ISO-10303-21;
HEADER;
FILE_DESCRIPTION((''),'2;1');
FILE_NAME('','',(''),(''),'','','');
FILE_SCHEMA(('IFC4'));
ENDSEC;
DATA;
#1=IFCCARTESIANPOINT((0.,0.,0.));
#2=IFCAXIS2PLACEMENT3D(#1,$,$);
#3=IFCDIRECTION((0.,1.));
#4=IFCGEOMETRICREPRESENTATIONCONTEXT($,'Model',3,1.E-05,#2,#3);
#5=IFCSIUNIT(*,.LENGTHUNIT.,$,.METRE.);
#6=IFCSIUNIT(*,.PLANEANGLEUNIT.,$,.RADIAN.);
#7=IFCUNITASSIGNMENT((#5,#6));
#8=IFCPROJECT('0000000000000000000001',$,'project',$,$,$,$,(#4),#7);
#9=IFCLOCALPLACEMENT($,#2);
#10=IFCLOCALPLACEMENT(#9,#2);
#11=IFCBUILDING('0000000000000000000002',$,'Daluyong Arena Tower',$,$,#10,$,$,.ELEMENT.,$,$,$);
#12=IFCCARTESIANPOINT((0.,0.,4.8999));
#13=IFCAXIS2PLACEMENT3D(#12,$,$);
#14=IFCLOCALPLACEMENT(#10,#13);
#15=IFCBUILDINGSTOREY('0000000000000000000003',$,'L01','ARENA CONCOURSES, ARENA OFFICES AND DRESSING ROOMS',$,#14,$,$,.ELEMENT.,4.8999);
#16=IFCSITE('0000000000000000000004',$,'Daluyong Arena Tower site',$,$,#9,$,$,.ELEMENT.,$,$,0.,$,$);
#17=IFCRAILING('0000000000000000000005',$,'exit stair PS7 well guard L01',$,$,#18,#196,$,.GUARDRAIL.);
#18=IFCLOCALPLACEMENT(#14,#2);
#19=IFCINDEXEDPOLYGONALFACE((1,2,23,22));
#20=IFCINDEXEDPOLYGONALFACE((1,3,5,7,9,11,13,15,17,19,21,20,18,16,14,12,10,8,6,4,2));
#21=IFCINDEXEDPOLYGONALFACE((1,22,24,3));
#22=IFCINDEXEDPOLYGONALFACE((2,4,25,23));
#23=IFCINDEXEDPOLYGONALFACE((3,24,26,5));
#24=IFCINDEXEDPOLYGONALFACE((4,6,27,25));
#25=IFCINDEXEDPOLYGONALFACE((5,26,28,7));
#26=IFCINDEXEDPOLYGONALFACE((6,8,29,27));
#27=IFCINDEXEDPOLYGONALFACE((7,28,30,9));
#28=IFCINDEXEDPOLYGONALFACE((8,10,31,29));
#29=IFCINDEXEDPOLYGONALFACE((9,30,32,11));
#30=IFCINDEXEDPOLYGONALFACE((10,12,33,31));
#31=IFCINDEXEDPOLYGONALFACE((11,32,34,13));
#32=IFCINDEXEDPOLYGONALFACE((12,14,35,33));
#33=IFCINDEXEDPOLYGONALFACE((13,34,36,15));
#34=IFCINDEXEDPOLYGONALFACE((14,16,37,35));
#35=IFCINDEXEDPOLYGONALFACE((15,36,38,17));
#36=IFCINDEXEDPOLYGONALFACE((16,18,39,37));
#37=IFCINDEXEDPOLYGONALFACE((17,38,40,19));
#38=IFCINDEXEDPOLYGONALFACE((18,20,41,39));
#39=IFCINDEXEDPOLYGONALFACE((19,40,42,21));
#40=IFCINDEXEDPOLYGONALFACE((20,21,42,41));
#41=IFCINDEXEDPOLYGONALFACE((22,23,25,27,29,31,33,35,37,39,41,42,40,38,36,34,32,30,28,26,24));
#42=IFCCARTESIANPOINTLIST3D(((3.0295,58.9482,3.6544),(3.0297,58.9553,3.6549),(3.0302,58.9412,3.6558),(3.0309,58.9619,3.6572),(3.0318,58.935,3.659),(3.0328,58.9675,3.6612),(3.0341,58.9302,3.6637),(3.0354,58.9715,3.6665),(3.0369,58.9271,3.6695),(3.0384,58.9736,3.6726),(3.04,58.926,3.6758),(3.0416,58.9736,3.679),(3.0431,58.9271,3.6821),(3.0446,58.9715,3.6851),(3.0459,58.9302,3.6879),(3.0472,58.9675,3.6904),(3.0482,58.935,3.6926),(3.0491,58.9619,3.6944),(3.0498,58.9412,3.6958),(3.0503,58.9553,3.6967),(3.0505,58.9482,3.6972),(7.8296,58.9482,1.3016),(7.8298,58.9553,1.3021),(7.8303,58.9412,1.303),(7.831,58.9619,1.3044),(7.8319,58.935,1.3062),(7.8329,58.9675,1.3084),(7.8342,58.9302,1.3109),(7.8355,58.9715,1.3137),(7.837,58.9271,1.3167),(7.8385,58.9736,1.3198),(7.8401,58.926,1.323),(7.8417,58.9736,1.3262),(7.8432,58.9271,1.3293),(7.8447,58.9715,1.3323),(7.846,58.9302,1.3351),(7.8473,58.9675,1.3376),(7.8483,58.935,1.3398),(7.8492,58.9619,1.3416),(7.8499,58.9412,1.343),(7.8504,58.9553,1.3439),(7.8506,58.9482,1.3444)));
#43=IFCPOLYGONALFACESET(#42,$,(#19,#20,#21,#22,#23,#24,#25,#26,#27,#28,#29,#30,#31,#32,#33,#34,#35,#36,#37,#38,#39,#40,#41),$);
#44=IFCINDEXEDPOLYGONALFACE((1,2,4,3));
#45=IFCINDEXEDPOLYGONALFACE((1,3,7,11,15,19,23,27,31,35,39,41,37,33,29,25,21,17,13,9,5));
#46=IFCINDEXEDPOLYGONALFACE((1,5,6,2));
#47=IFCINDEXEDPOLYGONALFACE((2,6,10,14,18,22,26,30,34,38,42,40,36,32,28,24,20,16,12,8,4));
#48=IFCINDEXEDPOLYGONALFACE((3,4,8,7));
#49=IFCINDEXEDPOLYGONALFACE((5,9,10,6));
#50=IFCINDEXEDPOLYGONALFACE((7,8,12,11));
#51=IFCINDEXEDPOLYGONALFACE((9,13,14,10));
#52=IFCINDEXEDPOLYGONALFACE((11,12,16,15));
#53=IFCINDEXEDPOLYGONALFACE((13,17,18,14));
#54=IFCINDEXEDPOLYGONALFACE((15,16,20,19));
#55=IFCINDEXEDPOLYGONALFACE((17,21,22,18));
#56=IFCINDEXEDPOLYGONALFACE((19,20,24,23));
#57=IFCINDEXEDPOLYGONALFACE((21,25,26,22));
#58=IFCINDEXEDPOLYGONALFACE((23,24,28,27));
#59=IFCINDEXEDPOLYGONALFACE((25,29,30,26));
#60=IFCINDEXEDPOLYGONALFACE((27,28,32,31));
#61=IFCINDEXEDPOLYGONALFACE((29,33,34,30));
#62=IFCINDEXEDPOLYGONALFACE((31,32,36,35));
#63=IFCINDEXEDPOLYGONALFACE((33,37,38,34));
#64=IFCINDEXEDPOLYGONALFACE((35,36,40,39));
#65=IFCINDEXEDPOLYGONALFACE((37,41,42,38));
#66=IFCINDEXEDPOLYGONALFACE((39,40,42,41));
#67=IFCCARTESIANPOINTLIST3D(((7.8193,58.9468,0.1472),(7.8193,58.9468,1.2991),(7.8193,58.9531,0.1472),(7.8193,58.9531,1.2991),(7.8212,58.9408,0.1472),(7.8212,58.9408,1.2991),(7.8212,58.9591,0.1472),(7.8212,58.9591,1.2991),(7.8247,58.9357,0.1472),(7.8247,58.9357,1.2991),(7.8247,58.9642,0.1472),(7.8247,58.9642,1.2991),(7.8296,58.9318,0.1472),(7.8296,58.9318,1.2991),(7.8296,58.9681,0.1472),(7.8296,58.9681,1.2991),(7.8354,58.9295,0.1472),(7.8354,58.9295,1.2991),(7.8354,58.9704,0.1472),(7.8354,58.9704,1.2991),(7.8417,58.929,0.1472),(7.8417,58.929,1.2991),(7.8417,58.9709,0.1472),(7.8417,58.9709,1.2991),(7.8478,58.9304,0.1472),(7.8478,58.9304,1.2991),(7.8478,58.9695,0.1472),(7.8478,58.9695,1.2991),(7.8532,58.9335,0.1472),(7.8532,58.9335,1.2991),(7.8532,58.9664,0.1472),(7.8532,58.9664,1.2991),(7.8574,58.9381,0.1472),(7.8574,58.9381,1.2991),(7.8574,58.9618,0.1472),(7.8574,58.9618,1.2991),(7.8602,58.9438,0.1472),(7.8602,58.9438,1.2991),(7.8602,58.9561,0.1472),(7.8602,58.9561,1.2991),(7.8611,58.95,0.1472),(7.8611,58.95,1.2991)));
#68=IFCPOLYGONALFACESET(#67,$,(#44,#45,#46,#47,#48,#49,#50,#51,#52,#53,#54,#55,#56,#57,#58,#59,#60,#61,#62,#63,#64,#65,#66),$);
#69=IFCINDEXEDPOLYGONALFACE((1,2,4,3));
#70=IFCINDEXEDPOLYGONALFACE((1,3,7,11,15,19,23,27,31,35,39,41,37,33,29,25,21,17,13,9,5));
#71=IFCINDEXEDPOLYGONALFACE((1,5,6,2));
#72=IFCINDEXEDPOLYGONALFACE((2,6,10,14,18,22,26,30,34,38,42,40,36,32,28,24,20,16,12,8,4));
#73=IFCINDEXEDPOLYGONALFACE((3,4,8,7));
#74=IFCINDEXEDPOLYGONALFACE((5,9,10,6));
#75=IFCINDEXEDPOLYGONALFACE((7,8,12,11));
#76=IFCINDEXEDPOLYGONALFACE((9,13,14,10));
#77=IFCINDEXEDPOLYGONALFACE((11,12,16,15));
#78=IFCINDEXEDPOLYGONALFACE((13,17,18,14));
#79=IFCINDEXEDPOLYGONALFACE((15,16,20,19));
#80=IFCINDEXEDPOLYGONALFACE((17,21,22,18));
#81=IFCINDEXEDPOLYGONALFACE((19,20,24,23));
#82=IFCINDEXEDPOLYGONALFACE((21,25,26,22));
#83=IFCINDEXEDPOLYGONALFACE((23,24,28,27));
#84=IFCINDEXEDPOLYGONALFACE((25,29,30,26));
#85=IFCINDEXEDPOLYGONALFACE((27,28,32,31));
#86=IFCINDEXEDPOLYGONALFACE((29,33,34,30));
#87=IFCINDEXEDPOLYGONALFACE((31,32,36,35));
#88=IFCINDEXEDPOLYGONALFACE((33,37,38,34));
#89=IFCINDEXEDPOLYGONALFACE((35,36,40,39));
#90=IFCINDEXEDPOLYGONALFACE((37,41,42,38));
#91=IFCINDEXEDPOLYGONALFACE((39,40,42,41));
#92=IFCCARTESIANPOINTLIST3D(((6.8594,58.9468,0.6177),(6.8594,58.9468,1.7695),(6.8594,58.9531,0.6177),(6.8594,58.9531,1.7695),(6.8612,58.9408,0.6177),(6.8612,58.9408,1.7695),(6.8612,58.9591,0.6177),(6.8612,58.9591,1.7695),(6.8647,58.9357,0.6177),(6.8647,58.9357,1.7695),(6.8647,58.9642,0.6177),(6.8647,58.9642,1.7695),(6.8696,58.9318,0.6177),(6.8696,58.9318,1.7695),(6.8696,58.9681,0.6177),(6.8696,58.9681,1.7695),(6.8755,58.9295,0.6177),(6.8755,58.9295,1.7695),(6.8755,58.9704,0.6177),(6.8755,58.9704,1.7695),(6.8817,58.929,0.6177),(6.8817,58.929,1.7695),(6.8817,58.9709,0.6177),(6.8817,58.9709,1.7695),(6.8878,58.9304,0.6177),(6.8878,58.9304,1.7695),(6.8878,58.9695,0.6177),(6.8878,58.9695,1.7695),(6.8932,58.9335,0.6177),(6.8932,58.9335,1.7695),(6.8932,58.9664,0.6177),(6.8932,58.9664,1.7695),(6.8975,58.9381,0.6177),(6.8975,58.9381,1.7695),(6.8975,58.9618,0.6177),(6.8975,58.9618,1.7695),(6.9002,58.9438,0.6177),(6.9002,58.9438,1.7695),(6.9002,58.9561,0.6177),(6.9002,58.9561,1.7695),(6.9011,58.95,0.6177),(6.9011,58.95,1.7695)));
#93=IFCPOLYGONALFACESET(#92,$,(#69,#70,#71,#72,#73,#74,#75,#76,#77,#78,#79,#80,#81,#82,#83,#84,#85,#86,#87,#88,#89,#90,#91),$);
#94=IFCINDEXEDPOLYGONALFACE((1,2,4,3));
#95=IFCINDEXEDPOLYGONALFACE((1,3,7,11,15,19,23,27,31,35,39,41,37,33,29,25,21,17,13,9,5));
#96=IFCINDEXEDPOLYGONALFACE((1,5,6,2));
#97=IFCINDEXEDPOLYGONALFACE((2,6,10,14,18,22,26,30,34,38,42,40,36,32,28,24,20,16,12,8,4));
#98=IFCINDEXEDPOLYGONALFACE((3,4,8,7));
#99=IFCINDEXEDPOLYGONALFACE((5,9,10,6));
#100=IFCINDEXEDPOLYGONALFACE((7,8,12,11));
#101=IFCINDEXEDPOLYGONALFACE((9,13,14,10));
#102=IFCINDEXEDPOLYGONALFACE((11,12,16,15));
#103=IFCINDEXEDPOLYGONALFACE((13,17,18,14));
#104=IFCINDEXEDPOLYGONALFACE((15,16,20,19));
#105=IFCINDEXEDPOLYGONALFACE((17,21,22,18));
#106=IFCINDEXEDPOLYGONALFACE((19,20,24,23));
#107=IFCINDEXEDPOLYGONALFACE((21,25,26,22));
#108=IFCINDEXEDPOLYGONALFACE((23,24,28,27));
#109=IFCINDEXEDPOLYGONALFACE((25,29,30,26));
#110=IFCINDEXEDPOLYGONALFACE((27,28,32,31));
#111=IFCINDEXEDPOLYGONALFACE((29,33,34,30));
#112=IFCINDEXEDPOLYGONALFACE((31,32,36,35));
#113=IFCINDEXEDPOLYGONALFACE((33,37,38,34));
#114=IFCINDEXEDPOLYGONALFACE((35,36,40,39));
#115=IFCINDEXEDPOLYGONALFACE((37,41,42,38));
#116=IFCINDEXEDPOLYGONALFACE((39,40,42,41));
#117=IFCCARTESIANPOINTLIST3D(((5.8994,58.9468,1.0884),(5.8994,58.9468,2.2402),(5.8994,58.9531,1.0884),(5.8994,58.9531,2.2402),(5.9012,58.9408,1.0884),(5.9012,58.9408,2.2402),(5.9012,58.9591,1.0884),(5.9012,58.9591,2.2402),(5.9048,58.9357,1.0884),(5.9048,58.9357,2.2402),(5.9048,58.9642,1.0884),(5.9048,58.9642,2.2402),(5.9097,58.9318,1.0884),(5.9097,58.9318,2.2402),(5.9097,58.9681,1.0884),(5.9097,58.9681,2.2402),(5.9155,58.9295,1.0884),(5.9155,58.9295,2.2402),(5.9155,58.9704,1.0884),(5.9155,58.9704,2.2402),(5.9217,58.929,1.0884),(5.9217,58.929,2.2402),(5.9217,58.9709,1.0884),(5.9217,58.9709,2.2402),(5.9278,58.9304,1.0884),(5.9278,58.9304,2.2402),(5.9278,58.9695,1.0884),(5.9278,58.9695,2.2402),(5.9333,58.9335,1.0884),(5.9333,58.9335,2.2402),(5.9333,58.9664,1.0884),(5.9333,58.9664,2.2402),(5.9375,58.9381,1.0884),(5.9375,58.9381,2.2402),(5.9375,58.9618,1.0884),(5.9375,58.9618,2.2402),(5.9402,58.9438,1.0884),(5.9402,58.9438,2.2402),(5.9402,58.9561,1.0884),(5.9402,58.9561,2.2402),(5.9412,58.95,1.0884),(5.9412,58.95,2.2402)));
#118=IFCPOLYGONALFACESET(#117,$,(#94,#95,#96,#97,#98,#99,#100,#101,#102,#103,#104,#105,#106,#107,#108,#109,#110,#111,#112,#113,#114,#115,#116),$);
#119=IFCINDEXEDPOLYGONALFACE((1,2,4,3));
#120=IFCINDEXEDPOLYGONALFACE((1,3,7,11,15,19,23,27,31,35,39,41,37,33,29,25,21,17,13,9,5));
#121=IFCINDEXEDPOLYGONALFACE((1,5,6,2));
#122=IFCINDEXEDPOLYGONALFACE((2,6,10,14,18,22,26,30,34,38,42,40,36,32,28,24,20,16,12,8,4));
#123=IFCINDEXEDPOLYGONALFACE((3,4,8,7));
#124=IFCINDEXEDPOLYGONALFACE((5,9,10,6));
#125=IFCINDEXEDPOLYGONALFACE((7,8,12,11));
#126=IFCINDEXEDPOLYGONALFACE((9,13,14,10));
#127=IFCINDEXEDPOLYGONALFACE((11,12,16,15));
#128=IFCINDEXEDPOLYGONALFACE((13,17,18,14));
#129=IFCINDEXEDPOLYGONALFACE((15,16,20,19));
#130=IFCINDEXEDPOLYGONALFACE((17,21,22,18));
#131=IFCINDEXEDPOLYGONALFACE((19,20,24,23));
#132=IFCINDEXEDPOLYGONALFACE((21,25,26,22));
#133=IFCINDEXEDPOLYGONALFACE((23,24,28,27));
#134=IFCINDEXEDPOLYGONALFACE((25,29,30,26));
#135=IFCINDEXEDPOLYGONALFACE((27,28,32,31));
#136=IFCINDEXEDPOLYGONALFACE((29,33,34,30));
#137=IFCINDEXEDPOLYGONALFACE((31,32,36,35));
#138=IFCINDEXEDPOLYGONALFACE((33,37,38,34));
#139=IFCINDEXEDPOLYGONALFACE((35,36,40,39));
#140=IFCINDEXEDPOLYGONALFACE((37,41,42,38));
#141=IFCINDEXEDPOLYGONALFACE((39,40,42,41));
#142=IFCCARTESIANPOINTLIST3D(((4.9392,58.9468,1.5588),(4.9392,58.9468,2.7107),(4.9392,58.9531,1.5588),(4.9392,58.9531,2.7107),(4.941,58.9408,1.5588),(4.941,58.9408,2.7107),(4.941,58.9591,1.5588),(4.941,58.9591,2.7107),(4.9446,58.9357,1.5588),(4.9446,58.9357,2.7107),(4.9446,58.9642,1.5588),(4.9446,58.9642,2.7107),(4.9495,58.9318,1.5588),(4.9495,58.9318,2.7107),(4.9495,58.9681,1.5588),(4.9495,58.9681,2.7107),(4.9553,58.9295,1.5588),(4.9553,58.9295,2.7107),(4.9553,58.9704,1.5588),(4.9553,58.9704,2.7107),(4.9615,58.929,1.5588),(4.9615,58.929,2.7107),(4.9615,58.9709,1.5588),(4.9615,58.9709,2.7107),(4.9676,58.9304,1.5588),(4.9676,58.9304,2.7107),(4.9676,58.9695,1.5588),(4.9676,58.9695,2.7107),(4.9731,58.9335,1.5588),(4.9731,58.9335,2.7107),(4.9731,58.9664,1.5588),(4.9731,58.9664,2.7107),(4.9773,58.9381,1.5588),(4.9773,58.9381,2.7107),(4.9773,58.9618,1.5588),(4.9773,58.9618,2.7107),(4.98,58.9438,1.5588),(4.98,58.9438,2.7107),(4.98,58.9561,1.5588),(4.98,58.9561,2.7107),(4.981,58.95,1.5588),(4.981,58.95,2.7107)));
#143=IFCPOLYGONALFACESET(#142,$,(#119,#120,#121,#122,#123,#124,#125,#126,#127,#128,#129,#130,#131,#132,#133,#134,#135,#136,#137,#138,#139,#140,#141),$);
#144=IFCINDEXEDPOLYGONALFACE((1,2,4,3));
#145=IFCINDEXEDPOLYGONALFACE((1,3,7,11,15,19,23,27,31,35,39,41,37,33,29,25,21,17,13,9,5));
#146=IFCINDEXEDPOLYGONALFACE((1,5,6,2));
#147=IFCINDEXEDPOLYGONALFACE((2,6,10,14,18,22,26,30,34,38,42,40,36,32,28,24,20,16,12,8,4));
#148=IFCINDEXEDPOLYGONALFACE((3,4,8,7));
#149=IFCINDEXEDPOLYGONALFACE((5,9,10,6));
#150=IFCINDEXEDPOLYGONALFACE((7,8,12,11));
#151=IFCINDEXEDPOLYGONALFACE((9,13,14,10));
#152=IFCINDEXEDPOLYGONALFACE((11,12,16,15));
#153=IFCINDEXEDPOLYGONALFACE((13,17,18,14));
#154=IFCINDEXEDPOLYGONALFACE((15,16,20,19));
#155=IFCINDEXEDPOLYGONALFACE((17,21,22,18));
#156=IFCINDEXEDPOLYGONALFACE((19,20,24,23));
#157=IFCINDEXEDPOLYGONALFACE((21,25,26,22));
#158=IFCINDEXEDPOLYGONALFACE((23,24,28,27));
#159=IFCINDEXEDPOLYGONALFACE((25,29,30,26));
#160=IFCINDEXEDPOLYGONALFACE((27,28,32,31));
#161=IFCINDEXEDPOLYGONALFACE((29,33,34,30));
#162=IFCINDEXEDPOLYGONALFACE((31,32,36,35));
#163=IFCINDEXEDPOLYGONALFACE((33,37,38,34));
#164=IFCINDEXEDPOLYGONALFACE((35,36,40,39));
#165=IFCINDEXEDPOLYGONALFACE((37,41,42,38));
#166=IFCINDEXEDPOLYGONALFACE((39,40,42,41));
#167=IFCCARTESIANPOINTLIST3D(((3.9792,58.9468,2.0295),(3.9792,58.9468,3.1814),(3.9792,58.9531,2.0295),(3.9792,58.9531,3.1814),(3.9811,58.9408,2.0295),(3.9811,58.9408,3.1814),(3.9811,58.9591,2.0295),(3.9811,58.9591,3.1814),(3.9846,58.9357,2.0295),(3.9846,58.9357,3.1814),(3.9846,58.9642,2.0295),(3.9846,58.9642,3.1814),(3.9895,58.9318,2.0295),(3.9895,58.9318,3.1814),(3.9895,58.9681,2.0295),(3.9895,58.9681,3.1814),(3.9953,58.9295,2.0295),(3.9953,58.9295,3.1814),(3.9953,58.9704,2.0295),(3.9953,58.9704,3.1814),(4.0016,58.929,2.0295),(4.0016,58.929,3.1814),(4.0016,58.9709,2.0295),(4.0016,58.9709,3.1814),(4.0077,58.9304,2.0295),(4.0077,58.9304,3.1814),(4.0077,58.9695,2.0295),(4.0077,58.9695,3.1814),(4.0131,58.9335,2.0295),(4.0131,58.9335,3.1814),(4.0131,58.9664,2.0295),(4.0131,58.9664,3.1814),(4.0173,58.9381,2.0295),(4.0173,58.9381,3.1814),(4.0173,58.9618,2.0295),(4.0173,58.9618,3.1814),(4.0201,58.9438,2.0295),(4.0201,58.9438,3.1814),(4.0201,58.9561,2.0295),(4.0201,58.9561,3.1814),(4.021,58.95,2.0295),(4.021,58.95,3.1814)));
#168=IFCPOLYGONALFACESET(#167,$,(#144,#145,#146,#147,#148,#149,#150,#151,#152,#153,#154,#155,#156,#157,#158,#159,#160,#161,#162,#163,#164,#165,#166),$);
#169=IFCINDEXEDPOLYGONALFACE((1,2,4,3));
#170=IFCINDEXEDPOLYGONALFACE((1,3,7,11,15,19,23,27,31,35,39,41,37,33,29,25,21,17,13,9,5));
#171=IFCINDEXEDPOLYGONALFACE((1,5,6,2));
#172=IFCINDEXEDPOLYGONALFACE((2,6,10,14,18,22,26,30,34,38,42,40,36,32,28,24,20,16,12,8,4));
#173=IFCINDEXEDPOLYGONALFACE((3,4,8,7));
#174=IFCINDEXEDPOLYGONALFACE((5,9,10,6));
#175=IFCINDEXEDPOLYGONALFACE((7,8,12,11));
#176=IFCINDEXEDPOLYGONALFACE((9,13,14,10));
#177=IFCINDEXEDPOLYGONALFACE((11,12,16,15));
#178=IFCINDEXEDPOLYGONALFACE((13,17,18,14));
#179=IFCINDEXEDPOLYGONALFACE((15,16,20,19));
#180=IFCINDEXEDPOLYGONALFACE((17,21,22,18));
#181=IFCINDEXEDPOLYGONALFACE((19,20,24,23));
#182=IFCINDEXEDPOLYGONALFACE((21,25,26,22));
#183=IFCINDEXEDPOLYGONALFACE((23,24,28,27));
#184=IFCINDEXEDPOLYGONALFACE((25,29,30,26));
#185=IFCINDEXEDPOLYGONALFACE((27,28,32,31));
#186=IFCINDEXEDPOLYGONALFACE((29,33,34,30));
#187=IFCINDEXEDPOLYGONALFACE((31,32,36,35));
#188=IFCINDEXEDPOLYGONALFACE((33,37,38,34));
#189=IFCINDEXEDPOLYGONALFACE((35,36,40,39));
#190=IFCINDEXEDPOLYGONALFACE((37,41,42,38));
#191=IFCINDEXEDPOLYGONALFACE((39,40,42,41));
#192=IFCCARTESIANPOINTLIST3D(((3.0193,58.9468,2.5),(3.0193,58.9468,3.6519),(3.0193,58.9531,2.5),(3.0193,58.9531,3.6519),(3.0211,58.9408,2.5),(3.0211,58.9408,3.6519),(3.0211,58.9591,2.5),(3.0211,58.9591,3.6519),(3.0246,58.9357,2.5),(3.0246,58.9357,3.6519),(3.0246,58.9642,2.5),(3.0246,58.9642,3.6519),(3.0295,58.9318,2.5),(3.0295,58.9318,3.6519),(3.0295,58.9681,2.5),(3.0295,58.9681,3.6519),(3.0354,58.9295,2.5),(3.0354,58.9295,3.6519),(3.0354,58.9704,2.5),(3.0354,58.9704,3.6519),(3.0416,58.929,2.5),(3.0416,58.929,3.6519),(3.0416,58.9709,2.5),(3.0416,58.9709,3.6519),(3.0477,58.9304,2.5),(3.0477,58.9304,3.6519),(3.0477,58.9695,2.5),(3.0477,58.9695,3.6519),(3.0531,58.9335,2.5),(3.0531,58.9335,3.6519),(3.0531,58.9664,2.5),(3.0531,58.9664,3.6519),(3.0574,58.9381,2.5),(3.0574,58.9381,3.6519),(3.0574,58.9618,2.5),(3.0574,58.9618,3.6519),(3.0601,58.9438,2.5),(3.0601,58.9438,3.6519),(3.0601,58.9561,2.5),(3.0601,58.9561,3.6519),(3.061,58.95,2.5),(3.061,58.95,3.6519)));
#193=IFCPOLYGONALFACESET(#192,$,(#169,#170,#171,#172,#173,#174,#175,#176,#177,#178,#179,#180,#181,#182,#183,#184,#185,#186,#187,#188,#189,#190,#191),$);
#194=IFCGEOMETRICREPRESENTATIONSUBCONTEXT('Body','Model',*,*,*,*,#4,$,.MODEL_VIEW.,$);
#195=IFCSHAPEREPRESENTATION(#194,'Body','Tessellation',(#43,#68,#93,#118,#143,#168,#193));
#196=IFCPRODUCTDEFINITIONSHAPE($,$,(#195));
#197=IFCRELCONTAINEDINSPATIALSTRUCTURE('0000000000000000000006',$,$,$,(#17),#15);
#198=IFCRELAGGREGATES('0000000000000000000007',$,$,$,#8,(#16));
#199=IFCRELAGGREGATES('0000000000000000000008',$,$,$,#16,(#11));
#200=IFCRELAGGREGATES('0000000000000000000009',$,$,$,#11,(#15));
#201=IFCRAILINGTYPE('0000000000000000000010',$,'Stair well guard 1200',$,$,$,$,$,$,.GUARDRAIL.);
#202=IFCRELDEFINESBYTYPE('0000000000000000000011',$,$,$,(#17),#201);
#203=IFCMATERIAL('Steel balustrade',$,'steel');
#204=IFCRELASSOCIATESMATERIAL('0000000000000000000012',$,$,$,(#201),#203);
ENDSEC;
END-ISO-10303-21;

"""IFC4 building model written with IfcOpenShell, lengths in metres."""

from ifc_helpers import new_model, si_unit, direction, frame, origin, origin_2d, place, context, subcontext, project, spatial, circle, extrude, material, type_object, element, save


model = new_model("IFC4")

# Units and contexts
model_context = context("Model", 3, precision=1e-05, world=origin(), true_north=direction((0.0, 1.0)))
body_context = subcontext(model_context, "Body", "Model", "MODEL_VIEW")
ifc_project = project(units=[si_unit("LENGTHUNIT", "METRE"), si_unit("PLANEANGLEUNIT", "RADIAN")], contexts=[model_context])

# Site, building, storey
site_placement = place(None, origin())
site = spatial("IfcSite", under=ifc_project, at=site_placement, Name="Daluyong Arena Tower site", CompositionType="ELEMENT", RefElevation=0.0)
building_placement = place(site_placement, origin())
building = spatial("IfcBuilding", under=site, at=building_placement, Name="Daluyong Arena Tower", CompositionType="ELEMENT")
storey_placement = place(building_placement, frame((0.0, 0.0, 4.8999)))
storey = spatial("IfcBuildingStorey", under=building, at=storey_placement, Name="L01", Description="ARENA CONCOURSES, ARENA OFFICES AND DRESSING ROOMS", CompositionType="ELEMENT", Elevation=4.8999)

# Railing
ifc_material_1 = material(Name="Steel balustrade", Category="steel")
railing_type_1 = type_object("IfcRailingType", Name="Stair well guard 1200", PredefinedType="GUARDRAIL", material=ifc_material_1)
railing_1_placement = place(storey_placement, frame((7.8401, 58.95, 0.1472)))
element("IfcRailing", 1, at=railing_1_placement, inside=storey, type_object=railing_type_1, Name="exit stair PS7 well guard L01", PredefinedType="GUARDRAIL", context=body_context, shape_type="SweptSolid", body=[
    extrude(circle(Radius=0.0239, at=origin_2d()), frame((0.0, 0.0, 1.1758), z_axis=(-0.897934, 0.0, 0.44013), x_axis=(0.0, -1.0, 0.0)), (0.0, 0.0, 1.0), 5.3457),
    extrude(circle(Radius=0.021, at=origin_2d()), origin(), (0.0, 0.0, 1.0), 1.1519),
    extrude(circle(Radius=0.021, at=origin_2d()), frame((-0.96, 0.0, 0.4705)), (0.0, 0.0, 1.0), 1.1519),
    extrude(circle(Radius=0.021, at=origin_2d()), frame((-1.9199, 0.0, 0.9412)), (0.0, 0.0, 1.0), 1.1519),
    extrude(circle(Radius=0.021, at=origin_2d()), frame((-2.8801, 0.0, 1.4116)), (0.0, 0.0, 1.0), 1.1519),
    extrude(circle(Radius=0.021, at=origin_2d()), frame((-3.8401, 0.0, 1.8823)), (0.0, 0.0, 1.0), 1.1519),
    extrude(circle(Radius=0.021, at=origin_2d()), frame((-4.8, 0.0, 2.3528)), (0.0, 0.0, 1.0), 1.1519),
])

save(model, "model.ifc")
